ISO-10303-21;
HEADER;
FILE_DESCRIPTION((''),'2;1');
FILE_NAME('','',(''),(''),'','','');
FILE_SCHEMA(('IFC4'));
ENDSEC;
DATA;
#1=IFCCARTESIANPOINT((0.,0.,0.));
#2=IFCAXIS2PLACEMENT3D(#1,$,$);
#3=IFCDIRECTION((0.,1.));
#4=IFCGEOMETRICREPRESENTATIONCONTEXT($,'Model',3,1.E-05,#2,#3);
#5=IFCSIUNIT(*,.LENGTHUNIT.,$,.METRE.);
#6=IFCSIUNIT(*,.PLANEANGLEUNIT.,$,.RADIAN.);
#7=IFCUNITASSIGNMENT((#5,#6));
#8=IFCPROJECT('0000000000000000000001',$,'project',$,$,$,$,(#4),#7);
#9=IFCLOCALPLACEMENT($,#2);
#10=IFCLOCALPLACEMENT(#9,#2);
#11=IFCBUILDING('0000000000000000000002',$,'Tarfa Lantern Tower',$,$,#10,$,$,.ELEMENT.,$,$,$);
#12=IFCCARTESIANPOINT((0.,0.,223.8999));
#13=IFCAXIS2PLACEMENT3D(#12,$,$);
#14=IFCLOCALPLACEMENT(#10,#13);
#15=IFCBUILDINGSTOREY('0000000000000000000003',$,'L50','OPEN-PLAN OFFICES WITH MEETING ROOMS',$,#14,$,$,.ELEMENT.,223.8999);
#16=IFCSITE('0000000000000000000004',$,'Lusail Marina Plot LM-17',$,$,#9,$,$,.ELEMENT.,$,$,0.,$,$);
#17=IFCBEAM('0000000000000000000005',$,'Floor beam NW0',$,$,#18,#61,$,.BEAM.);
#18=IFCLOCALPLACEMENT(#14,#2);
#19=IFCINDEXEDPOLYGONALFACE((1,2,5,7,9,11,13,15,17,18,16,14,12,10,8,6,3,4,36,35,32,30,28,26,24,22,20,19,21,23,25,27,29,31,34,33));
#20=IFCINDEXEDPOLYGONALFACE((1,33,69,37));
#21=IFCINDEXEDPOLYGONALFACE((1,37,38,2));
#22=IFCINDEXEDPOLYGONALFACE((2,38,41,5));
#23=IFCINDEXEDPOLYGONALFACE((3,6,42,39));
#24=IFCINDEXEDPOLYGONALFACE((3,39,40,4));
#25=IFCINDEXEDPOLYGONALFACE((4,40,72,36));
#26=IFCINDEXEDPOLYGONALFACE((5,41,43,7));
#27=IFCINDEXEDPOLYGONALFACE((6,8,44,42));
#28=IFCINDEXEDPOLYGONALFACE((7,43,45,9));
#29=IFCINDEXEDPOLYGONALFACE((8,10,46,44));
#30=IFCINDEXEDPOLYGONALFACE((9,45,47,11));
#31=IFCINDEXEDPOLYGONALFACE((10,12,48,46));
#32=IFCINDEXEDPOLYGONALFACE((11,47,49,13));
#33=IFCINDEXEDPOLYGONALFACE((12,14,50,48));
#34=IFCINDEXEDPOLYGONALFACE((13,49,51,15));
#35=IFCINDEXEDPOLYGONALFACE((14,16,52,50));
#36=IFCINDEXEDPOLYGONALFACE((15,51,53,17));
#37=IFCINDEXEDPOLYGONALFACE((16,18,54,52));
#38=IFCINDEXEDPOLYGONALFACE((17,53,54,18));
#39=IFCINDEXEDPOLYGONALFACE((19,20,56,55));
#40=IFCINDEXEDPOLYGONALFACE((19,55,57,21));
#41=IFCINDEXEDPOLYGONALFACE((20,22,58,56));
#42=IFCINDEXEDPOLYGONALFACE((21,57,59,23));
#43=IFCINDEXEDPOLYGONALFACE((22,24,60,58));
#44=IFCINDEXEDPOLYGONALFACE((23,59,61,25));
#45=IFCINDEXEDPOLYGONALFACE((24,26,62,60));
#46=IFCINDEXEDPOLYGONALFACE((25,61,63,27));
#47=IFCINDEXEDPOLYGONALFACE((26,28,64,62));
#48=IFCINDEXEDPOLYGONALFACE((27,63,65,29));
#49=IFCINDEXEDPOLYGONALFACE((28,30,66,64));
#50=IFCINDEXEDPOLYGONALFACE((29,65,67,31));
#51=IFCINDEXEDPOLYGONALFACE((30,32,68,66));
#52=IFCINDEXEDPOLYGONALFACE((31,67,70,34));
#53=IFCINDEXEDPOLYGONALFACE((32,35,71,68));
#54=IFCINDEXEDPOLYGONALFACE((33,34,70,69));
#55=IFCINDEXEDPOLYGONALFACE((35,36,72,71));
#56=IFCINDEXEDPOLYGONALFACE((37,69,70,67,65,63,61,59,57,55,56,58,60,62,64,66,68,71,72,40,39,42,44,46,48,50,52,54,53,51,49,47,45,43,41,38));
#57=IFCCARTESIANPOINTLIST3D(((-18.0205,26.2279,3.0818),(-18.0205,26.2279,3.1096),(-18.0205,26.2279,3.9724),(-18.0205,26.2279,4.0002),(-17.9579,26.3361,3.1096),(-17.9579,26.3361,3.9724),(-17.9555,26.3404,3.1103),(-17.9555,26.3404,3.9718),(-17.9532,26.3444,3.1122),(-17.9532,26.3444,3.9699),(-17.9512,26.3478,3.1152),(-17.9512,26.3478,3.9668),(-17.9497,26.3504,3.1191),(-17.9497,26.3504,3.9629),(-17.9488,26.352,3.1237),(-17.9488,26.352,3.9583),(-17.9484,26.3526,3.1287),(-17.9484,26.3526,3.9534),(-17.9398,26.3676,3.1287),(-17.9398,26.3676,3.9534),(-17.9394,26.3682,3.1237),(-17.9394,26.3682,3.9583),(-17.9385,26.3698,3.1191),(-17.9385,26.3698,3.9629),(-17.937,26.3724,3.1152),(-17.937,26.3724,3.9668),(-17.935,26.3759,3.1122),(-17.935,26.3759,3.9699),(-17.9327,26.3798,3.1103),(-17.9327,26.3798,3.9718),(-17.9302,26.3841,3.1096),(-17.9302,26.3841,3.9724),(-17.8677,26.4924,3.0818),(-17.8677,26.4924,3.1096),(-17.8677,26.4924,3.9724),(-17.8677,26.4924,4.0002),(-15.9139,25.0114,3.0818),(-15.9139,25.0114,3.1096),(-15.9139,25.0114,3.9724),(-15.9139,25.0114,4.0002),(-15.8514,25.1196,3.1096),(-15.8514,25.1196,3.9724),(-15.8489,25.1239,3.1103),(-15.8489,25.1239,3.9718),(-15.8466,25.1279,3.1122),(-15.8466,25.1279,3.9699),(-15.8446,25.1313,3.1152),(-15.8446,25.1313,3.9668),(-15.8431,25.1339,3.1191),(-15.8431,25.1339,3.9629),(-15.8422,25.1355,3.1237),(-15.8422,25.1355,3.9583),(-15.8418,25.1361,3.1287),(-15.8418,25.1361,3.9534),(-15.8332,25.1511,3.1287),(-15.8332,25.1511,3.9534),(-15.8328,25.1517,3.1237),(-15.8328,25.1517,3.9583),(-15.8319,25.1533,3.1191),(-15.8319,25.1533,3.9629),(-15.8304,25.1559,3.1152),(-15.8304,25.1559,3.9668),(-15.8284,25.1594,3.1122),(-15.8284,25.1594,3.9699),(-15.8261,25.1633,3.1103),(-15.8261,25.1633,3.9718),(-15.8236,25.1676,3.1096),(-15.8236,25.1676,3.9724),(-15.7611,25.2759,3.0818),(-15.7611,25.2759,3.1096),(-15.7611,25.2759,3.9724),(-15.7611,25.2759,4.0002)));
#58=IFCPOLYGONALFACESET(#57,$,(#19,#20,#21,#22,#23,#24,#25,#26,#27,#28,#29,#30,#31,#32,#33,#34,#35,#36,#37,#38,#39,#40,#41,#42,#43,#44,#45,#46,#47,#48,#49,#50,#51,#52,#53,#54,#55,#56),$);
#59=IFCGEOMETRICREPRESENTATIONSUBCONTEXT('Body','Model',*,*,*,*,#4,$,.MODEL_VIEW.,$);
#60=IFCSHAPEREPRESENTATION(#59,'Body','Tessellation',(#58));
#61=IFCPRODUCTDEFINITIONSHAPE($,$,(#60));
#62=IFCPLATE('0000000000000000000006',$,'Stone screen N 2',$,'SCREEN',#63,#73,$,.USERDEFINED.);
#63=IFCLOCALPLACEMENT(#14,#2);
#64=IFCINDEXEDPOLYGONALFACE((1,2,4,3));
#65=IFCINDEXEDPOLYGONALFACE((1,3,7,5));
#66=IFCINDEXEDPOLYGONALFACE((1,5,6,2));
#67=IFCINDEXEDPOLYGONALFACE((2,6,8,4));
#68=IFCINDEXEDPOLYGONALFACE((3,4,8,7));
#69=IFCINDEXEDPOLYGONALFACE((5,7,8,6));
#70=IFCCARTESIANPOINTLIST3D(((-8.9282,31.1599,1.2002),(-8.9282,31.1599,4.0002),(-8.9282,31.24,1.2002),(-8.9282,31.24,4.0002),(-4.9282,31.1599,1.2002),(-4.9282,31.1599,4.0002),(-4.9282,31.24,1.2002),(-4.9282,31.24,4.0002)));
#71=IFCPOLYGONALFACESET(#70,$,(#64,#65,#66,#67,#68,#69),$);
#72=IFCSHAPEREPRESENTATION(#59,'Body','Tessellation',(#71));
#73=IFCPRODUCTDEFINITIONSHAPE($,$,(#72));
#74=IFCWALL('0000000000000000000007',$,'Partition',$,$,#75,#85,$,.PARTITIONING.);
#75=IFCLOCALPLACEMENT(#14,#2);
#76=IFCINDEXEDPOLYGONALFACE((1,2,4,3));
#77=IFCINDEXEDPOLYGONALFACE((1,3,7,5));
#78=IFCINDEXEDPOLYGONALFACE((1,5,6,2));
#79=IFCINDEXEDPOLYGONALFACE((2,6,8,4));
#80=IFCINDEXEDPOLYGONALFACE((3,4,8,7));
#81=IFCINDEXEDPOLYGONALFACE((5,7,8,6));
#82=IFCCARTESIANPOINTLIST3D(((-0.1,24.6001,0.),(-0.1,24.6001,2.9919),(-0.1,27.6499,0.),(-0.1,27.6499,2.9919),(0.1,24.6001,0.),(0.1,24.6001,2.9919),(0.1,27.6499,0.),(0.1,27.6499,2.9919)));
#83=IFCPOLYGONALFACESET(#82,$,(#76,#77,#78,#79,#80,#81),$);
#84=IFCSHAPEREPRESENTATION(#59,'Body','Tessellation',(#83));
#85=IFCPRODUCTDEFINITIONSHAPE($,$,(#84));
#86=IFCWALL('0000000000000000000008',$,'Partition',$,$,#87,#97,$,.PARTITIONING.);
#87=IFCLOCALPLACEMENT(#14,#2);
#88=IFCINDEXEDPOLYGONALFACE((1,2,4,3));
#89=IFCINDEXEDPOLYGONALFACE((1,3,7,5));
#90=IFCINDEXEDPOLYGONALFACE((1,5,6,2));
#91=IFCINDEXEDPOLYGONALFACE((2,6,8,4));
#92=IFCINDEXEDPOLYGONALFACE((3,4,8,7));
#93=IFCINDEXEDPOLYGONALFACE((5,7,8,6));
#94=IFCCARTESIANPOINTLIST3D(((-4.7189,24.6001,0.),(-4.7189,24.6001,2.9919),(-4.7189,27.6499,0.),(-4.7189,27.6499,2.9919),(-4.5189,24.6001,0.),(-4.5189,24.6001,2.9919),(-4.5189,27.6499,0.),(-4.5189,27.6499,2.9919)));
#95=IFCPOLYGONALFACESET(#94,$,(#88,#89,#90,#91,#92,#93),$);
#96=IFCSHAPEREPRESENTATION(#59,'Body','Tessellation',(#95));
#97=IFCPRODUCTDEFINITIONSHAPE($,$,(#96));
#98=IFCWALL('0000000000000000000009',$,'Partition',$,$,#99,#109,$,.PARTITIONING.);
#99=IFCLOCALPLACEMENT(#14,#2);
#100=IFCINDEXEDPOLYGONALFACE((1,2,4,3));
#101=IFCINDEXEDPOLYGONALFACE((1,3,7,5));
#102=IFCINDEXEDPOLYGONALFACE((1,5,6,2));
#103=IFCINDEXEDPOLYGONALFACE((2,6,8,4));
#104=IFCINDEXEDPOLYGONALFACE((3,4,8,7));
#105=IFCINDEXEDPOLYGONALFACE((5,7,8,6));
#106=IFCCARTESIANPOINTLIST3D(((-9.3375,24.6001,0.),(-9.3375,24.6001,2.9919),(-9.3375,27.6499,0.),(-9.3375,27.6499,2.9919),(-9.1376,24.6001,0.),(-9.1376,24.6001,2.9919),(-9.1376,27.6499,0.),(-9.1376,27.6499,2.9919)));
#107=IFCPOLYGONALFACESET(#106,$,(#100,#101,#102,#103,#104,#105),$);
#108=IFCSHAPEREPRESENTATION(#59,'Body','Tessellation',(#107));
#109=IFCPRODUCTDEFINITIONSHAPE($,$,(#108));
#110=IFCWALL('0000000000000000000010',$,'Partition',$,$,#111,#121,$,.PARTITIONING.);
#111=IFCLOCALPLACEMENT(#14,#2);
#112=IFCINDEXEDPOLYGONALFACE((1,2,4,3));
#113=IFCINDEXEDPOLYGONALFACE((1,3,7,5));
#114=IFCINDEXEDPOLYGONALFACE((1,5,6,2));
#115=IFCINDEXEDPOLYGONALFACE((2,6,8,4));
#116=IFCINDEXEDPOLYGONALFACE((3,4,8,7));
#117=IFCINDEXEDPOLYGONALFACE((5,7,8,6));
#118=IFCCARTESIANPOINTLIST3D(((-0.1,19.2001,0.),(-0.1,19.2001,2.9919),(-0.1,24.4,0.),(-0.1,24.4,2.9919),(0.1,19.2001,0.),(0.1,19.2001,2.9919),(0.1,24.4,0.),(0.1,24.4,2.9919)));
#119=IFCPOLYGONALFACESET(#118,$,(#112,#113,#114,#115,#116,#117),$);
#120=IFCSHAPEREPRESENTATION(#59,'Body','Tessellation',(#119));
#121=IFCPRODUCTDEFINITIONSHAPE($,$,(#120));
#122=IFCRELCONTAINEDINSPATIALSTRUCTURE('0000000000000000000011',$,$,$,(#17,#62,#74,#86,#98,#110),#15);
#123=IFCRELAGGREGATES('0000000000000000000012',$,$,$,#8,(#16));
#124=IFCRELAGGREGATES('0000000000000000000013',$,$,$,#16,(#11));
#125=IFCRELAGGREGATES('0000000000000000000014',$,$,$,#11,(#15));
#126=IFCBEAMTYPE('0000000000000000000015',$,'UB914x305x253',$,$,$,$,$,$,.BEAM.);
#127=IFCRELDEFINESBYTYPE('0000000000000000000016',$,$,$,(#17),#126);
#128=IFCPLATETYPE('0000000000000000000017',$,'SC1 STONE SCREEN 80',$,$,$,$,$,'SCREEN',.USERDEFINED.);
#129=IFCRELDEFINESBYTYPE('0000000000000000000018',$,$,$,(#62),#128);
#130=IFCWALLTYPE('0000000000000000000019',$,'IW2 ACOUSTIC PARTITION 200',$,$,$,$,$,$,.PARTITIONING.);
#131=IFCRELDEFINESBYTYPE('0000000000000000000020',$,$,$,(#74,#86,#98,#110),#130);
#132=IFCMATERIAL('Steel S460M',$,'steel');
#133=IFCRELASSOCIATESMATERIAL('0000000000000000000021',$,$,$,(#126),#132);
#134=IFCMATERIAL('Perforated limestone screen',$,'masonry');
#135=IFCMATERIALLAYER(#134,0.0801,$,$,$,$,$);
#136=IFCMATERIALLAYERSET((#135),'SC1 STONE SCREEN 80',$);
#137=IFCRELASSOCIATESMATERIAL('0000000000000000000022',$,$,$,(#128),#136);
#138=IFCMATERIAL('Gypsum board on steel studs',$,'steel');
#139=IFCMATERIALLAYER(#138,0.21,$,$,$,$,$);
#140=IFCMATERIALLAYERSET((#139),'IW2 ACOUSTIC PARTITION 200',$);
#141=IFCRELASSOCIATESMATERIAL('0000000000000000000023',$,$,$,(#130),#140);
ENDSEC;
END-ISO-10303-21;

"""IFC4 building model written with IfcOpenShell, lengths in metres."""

from ifc_helpers import new_model, si_unit, direction, frame, frame_2d, origin, origin_2d, place, context, subcontext, project, spatial, rectangle, i_section, extrude, material, layer, layer_set, material_profile, profile_set, type_object, element, save


model = new_model("IFC4")

# Units and contexts
model_context = context("Model", 3, precision=1e-05, world=origin(), true_north=direction((0.0, 1.0)))
body_context = subcontext(model_context, "Body", "Model", "MODEL_VIEW")
ifc_project = project(units=[si_unit("LENGTHUNIT", "METRE"), si_unit("PLANEANGLEUNIT", "RADIAN")], contexts=[model_context])

# Site, building, storey
site_placement = place(None, origin())
site = spatial("IfcSite", under=ifc_project, at=site_placement, Name="Lusail Marina Plot LM-17", CompositionType="ELEMENT", RefElevation=0.0)
building_placement = place(site_placement, origin())
building = spatial("IfcBuilding", under=site, at=building_placement, Name="Tarfa Lantern Tower", CompositionType="ELEMENT")
storey_placement = place(building_placement, frame((0.0, 0.0, 223.8999)))
storey = spatial("IfcBuildingStorey", under=building, at=storey_placement, Name="L50", Description="OPEN-PLAN OFFICES WITH MEETING ROOMS", CompositionType="ELEMENT", Elevation=223.8999)

# Beam
ifc_material_1 = material(Name="Steel S460M", Category="steel")
ifc_material_profile_1 = material_profile(ifc_material_1, i_section(OverallWidth=0.3054, OverallDepth=0.9185, WebThickness=0.0173, FlangeThickness=0.0278, FilletRadius=0.019, at=origin_2d()), Name="UB914x305x253")
ifc_profile_set_1 = profile_set([ifc_material_profile_1], Name="Steel S460M")
beam_type_1 = type_object("IfcBeamType", Name="UB914x305x253", PredefinedType="BEAM", material=ifc_profile_set_1)
beam_1_placement = place(storey_placement, frame((-17.9441, 26.3601, 3.541), z_axis=(0.86598, -0.500079, 0.0), x_axis=(0.500079, 0.86598, 0.0)))
element("IfcBeam", 1, at=beam_1_placement, inside=storey, type_object=beam_type_1, Name="Floor beam NW0", PredefinedType="BEAM", context=body_context, shape_type="SweptSolid", body=[
    extrude(i_section(OverallWidth=0.3054, OverallDepth=0.9185, WebThickness=0.0173, FlangeThickness=0.0278, FilletRadius=0.019, at=origin_2d()), origin(), (0.0, 0.0, 1.0), 2.4326),
])

# Plate
ifc_material_2 = material(Name="Perforated limestone screen", Category="masonry")
ifc_layer_1 = layer(ifc_material_2, 0.0801)
ifc_layer_set_1 = layer_set([ifc_layer_1], Name="SC1 STONE SCREEN 80")
plate_type = type_object("IfcPlateType", Name="SC1 STONE SCREEN 80", ElementType="SCREEN", PredefinedType="USERDEFINED", material=ifc_layer_set_1)
plate_placement = place(storey_placement, frame((-6.9282, 31.2, 1.2002), z_axis=(0.0, 0.0, 1.0), x_axis=(-1.0, 0.0, 0.0)))
element("IfcPlate", 2, at=plate_placement, inside=storey, type_object=plate_type, Name="Stone screen N 2", ObjectType="SCREEN", PredefinedType="USERDEFINED", context=body_context, shape_type="SweptSolid", body=[
    extrude(rectangle(XDim=4.0, YDim=0.0801, at=origin_2d()), origin(), (0.0, 0.0, 1.0), 2.8),
])

# Walls
ifc_material_3 = material(Name="Gypsum board on steel studs", Category="steel")
ifc_layer_2 = layer(ifc_material_3, 0.21)
ifc_layer_set_2 = layer_set([ifc_layer_2], Name="IW2 ACOUSTIC PARTITION 200")
wall_type = type_object("IfcWallType", Name="IW2 ACOUSTIC PARTITION 200", PredefinedType="PARTITIONING", material=ifc_layer_set_2)
for number, where, z_axis, x_axis, name in (
    (3, (0.0, 24.6001, 0.0), (0.0, 0.0, 1.0), (0.0, 1.0, 0.0), "Partition"),
    (4, (-4.6189, 24.6001, 0.0), (0.0, 0.0, 1.0), (0.0, 1.0, 0.0), "Partition"),
    (5, (-9.2375, 24.6001, 0.0), (0.0, 0.0, 1.0), (0.0, 1.0, 0.0), "Partition"),
):
    element("IfcWall", number, at=place(storey_placement, frame(where, z_axis=z_axis, x_axis=x_axis)), inside=storey, type_object=wall_type, Name=name, PredefinedType="PARTITIONING", context=body_context, shape_type="SweptSolid", body=[
        extrude(rectangle(XDim=3.0498, YDim=0.2, at=frame_2d((1.5249, 0.0))), origin(), (0.0, 0.0, 1.0), 2.9919),
    ])
wall_placement = place(storey_placement, frame((0.0, 19.2, 0.0), z_axis=(0.0, 0.0, 1.0), x_axis=(0.0, 1.0, 0.0)))
element("IfcWall", 6, at=wall_placement, inside=storey, type_object=wall_type, Name="Partition", PredefinedType="PARTITIONING", context=body_context, shape_type="SweptSolid", body=[
    extrude(rectangle(XDim=5.2, YDim=0.2, at=frame_2d((2.6001, 0.0))), origin(), (0.0, 0.0, 1.0), 2.9919),
])

save(model, "model.ifc")
